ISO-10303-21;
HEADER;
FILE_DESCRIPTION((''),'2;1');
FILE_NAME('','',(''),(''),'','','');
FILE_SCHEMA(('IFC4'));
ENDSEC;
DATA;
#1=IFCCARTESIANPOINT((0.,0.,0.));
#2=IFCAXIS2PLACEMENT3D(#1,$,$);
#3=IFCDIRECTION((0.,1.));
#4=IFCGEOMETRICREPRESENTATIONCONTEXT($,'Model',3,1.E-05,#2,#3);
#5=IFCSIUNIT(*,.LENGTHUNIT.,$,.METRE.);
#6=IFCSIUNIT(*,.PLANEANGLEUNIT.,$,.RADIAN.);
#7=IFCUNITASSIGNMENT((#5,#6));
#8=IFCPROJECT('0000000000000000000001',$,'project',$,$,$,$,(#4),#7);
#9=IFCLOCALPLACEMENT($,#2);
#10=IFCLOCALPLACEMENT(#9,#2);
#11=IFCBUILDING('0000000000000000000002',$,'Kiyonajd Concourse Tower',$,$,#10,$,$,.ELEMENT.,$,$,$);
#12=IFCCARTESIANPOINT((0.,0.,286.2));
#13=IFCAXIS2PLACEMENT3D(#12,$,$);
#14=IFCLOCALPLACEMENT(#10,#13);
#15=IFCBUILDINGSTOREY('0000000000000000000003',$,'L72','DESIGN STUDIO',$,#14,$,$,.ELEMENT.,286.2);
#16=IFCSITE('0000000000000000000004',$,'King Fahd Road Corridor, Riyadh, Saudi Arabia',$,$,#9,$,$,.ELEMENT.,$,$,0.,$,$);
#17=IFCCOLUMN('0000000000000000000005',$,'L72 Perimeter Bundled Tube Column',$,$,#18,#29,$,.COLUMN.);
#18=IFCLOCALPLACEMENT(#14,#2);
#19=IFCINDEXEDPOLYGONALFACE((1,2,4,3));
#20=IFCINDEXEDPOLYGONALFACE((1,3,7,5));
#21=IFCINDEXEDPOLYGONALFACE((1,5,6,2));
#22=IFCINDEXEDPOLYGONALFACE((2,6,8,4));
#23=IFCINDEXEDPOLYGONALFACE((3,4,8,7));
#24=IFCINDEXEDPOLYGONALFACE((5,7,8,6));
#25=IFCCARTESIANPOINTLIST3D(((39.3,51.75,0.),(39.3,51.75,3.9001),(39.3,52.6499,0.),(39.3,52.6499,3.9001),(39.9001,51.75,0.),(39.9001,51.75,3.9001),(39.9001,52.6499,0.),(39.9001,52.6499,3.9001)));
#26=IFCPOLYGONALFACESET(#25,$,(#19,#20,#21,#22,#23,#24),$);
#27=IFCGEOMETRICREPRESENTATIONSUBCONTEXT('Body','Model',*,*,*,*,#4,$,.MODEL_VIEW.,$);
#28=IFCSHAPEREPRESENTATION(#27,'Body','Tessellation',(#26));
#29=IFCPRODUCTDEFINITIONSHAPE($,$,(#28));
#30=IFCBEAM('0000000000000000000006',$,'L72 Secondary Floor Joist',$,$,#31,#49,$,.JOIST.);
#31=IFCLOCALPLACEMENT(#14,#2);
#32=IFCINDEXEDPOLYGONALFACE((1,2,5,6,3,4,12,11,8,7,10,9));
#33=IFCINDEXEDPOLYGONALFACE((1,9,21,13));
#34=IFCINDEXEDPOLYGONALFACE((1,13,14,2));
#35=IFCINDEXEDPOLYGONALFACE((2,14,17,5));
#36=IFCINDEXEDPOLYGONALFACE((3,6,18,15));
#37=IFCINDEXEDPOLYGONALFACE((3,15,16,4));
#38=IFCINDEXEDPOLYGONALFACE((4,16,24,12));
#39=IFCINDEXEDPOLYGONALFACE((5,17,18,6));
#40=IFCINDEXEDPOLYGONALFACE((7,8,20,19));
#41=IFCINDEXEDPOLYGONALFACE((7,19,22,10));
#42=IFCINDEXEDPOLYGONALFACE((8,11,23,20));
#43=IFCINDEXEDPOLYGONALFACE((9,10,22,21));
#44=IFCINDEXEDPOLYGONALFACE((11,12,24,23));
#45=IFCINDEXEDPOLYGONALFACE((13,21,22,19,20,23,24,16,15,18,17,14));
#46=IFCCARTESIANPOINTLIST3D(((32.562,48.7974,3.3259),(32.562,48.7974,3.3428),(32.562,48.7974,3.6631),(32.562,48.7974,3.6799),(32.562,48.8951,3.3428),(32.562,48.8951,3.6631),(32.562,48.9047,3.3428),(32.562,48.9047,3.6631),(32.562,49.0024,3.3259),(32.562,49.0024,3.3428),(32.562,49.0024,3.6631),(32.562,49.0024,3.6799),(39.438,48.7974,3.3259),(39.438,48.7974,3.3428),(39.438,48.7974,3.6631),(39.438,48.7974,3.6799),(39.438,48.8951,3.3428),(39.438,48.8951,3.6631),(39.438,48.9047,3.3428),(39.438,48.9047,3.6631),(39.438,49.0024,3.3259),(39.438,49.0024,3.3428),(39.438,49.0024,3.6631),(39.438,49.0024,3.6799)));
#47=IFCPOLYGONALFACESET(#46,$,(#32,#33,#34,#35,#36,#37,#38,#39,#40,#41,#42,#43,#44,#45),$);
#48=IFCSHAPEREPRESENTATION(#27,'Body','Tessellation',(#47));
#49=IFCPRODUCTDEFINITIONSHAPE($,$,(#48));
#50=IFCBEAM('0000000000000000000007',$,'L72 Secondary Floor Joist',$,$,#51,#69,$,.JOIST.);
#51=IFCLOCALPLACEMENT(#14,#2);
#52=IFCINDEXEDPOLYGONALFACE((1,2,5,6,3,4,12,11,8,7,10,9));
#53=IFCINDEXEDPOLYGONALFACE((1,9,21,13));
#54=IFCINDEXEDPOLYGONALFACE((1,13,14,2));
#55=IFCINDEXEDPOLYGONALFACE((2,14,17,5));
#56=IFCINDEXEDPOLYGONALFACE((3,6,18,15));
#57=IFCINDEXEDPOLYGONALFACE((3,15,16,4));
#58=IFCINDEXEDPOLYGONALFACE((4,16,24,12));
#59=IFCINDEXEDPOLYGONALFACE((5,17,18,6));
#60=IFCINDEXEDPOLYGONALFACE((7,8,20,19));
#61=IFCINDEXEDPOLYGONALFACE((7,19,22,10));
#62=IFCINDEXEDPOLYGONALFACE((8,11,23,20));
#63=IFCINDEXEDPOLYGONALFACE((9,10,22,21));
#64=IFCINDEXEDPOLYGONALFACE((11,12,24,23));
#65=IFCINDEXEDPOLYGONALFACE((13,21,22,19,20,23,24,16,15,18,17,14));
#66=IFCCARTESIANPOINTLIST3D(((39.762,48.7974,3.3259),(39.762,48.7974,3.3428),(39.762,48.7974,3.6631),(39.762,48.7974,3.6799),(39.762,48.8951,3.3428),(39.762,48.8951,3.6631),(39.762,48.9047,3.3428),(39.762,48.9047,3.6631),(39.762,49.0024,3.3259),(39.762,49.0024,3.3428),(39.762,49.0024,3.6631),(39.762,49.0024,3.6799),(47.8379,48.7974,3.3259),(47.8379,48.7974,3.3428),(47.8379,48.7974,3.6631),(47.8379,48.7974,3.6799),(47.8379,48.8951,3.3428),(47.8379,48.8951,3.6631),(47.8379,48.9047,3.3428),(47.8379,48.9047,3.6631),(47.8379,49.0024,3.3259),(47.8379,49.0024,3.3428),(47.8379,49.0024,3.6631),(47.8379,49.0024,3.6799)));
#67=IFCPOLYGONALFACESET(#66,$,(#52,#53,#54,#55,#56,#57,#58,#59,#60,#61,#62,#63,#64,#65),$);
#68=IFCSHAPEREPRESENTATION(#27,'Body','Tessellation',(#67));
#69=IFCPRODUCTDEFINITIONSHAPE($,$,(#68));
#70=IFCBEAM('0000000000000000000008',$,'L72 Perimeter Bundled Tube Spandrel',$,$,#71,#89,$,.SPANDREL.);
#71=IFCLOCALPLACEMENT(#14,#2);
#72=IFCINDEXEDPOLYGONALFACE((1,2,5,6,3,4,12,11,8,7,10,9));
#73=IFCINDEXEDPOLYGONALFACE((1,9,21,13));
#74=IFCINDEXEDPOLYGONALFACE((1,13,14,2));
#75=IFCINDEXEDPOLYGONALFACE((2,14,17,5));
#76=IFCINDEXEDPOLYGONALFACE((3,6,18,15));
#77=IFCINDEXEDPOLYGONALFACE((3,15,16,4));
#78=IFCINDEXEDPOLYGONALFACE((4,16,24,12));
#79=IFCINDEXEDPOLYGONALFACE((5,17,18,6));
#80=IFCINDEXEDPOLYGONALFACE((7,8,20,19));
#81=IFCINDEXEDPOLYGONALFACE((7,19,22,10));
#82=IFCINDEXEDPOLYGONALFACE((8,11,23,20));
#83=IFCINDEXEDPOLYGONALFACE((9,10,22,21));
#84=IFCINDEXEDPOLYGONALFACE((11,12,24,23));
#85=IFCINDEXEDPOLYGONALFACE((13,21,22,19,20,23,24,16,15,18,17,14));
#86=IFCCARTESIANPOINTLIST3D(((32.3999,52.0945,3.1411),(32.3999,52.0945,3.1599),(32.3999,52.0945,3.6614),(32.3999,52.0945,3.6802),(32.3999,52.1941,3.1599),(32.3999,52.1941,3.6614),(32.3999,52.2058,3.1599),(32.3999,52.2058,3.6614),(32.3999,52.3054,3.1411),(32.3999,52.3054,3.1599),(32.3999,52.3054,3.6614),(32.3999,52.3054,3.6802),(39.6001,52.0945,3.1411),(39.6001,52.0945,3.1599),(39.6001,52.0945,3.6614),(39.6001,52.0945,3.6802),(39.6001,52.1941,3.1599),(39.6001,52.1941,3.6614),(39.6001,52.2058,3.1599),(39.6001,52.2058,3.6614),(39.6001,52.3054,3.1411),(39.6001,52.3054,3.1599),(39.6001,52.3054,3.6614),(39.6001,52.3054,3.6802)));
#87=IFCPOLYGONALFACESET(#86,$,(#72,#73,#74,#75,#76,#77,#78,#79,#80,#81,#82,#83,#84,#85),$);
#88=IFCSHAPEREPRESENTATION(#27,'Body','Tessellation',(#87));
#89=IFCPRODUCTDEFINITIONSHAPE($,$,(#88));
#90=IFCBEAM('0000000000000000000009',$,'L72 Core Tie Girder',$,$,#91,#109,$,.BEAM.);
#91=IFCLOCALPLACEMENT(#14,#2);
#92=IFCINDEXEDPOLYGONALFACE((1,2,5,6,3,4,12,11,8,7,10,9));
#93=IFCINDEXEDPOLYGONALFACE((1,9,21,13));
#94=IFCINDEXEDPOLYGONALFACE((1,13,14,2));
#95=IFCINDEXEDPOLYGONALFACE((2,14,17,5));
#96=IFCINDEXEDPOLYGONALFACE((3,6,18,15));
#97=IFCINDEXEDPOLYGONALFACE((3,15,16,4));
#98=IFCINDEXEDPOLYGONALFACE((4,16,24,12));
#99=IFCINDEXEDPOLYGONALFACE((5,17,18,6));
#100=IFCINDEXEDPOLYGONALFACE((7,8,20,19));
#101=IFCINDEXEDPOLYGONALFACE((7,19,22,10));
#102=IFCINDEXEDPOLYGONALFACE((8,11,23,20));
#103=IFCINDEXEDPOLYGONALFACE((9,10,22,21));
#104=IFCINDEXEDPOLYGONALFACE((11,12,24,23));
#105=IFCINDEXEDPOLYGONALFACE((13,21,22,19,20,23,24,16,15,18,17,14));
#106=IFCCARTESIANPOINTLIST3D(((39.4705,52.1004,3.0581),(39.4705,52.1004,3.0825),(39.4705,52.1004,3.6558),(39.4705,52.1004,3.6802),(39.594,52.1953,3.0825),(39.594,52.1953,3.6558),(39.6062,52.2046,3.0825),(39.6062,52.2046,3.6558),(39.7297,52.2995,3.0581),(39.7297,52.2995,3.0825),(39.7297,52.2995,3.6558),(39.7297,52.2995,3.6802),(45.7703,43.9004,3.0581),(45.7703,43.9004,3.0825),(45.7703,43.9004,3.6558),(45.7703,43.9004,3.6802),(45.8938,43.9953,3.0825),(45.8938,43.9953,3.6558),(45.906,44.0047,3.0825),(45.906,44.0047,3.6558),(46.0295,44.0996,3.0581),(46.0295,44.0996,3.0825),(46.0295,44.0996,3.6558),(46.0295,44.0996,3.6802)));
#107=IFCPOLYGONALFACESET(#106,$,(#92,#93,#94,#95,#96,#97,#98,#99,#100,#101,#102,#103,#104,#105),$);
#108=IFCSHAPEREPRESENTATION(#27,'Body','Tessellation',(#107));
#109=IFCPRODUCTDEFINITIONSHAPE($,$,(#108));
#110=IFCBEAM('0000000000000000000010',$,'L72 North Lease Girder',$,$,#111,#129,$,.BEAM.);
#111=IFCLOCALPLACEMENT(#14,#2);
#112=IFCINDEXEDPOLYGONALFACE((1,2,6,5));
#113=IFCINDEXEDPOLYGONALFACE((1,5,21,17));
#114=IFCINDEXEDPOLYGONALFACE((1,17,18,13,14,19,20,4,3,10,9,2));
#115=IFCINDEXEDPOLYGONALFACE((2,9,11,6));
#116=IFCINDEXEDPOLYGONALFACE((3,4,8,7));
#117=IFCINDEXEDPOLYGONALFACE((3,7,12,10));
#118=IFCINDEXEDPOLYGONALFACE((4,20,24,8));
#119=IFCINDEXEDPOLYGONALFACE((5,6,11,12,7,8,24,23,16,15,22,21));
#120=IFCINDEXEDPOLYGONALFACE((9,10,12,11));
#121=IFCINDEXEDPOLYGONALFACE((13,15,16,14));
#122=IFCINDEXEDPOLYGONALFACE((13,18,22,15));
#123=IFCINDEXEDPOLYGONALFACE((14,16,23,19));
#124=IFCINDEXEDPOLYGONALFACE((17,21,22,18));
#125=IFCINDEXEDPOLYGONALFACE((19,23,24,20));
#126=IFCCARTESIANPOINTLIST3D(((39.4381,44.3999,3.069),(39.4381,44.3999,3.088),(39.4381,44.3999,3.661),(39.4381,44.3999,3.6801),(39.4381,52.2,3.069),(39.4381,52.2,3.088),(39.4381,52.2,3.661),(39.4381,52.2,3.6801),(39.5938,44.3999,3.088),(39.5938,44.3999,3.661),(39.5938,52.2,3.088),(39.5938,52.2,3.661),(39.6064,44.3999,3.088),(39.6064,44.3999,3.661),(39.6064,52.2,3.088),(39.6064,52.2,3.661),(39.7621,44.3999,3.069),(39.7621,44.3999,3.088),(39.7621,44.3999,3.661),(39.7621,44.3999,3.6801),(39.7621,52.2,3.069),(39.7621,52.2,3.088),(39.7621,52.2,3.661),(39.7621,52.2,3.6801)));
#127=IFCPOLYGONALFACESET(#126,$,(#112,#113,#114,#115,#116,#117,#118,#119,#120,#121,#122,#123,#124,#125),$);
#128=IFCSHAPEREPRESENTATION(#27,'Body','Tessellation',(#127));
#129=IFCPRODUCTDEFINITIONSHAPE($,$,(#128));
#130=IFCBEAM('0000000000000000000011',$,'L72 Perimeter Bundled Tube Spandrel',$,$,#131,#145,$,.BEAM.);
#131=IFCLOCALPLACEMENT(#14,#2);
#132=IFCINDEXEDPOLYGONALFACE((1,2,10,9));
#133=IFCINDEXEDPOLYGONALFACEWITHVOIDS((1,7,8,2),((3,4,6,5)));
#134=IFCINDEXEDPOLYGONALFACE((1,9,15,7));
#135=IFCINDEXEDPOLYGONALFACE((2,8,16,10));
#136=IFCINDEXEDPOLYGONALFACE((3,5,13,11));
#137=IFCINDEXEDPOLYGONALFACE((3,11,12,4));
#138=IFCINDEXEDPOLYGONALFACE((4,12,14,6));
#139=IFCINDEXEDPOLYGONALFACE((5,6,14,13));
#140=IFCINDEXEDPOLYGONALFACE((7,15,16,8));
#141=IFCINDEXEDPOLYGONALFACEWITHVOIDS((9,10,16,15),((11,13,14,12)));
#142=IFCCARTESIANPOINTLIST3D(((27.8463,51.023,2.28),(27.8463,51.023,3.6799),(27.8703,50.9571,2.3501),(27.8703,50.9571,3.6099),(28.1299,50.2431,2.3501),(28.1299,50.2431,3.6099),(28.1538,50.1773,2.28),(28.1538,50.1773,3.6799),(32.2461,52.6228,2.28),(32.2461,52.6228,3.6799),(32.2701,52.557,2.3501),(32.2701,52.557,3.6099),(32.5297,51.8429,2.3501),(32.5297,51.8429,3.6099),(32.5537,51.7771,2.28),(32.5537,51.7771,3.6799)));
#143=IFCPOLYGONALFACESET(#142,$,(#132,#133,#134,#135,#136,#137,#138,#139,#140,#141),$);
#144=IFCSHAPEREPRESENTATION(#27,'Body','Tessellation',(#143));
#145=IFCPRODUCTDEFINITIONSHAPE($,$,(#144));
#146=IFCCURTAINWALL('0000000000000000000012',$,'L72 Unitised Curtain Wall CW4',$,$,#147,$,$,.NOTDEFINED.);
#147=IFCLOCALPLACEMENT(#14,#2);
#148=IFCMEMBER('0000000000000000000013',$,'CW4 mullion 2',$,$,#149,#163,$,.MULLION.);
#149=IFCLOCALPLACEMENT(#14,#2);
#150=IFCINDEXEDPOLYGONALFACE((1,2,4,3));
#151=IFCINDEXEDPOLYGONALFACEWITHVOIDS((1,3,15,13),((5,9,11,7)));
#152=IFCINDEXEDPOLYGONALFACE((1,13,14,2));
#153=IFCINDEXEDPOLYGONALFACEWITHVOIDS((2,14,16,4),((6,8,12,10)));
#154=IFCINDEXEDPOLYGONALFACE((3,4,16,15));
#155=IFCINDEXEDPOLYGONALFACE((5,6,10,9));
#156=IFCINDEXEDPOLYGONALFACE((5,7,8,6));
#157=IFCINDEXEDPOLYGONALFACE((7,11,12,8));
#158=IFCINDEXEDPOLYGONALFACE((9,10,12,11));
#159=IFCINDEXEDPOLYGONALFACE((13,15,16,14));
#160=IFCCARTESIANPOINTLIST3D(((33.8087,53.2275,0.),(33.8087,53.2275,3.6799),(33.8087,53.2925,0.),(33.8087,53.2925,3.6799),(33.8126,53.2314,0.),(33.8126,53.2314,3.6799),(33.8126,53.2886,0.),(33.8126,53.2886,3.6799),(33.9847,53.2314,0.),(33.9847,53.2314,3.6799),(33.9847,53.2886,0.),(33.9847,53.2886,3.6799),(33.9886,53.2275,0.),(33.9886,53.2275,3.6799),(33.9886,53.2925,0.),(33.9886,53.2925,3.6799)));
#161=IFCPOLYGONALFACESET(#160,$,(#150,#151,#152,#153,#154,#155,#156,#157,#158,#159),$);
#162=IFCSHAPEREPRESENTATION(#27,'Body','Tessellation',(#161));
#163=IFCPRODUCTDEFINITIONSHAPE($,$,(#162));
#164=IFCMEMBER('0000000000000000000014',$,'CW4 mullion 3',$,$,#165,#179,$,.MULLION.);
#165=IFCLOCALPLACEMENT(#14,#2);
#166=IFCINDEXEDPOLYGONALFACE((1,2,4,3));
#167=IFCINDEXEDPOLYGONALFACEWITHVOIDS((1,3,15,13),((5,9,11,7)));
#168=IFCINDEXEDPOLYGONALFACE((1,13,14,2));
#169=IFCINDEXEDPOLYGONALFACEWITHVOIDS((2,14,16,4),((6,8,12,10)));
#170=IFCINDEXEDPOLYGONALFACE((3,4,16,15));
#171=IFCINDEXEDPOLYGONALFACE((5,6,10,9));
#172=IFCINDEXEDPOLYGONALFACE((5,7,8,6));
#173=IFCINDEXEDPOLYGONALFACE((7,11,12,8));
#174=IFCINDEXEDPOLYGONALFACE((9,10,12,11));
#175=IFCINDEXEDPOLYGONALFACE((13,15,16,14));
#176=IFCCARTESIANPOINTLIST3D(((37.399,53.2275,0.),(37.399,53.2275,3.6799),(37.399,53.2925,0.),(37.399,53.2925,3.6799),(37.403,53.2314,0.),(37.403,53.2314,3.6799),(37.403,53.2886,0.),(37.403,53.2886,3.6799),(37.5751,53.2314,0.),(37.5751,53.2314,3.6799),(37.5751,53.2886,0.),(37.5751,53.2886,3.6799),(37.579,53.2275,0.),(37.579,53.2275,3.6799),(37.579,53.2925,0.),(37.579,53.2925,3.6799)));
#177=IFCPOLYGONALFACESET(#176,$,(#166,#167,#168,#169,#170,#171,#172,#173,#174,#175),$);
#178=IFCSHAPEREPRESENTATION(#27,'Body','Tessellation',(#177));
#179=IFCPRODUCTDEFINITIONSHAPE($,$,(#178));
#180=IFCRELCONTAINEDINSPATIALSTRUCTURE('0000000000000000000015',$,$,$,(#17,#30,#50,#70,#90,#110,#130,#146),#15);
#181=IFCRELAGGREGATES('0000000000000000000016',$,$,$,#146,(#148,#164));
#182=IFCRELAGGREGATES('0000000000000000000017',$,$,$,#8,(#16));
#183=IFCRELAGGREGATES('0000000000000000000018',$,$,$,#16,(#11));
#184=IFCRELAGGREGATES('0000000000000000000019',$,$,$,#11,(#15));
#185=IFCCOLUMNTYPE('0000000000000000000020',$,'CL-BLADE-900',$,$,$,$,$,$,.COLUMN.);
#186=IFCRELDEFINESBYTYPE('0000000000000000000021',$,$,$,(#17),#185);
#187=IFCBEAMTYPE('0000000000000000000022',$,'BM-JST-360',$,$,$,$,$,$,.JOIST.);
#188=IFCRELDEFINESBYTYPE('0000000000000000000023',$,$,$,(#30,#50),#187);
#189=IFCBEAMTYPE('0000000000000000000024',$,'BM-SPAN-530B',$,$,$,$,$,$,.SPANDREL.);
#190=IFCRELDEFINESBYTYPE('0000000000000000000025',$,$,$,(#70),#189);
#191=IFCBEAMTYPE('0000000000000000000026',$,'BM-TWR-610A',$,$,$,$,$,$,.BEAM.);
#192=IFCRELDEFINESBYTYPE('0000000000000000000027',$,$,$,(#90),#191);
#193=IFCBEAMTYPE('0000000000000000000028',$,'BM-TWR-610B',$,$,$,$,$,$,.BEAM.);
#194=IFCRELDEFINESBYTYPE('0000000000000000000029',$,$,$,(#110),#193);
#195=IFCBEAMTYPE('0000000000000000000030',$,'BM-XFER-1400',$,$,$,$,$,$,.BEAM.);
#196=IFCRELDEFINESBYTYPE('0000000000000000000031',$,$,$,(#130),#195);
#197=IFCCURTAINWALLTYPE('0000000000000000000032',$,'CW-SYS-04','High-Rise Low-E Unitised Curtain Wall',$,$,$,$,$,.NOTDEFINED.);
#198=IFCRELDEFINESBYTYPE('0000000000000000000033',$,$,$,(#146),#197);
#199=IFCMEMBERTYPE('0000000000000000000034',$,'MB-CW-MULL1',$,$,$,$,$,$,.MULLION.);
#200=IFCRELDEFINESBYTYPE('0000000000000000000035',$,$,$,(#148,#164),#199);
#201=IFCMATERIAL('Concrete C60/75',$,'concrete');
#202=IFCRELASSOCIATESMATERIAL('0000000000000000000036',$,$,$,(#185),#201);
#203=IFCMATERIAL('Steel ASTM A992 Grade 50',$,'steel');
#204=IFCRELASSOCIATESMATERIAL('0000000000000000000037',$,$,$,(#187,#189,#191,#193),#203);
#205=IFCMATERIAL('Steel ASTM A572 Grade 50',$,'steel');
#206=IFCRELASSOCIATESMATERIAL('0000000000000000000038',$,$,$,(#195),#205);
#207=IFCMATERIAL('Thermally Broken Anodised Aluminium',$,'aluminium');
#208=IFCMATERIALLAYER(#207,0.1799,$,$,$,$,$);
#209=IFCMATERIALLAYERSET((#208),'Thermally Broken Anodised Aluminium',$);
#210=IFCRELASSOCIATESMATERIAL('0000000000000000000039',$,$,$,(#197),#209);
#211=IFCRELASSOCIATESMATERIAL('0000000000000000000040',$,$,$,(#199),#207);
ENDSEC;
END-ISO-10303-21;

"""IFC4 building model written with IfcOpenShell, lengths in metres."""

from ifc_helpers import new_model, si_unit, direction, frame, origin, origin_2d, place, context, subcontext, project, spatial, rectangle, hollow_rectangle, i_section, extrude, material, layer, layer_set, material_profile, profile_set, type_object, element, aggregate, save


model = new_model("IFC4")

# Units and contexts
model_context = context("Model", 3, precision=1e-05, world=origin(), true_north=direction((0.0, 1.0)))
body_context = subcontext(model_context, "Body", "Model", "MODEL_VIEW")
ifc_project = project(units=[si_unit("LENGTHUNIT", "METRE"), si_unit("PLANEANGLEUNIT", "RADIAN")], contexts=[model_context])

# Site, building, storey
site_placement = place(None, origin())
site = spatial("IfcSite", under=ifc_project, at=site_placement, Name="King Fahd Road Corridor, Riyadh, Saudi Arabia", CompositionType="ELEMENT", RefElevation=0.0)
building_placement = place(site_placement, origin())
building = spatial("IfcBuilding", under=site, at=building_placement, Name="Kiyonajd Concourse Tower", CompositionType="ELEMENT")
storey_placement = place(building_placement, frame((0.0, 0.0, 286.2)))
storey = spatial("IfcBuildingStorey", under=building, at=storey_placement, Name="L72", Description="DESIGN STUDIO", CompositionType="ELEMENT", Elevation=286.2)

# Column
ifc_material_1 = material(Name="Concrete C60/75", Category="concrete")
ifc_material_profile_1 = material_profile(ifc_material_1, rectangle(XDim=0.6001, YDim=0.8999, at=origin_2d()), Name="RC-900x600")
ifc_profile_set_1 = profile_set([ifc_material_profile_1], Name="Concrete C60/75")
column_type = type_object("IfcColumnType", Name="CL-BLADE-900", PredefinedType="COLUMN", material=ifc_profile_set_1)
column_placement = place(storey_placement, frame((39.6001, 52.2, 0.0), z_axis=(0.0, 0.0, 1.0), x_axis=(1.0, 0.0, 0.0)))
element("IfcColumn", 1, at=column_placement, inside=storey, type_object=column_type, Name="L72 Perimeter Bundled Tube Column", PredefinedType="COLUMN", context=body_context, shape_type="SweptSolid", body=[
    extrude(rectangle(XDim=0.6001, YDim=0.8999, at=origin_2d()), origin(), (0.0, 0.0, 1.0), 3.9001),
])

# Beams
ifc_material_2 = material(Name="Steel ASTM A992 Grade 50", Category="steel")
ifc_material_profile_2 = material_profile(ifc_material_2, i_section(OverallWidth=0.2051, OverallDepth=0.354, WebThickness=0.0095, FlangeThickness=0.0168, at=origin_2d()), Name="W360X79")
ifc_profile_set_2 = profile_set([ifc_material_profile_2], Name="Steel ASTM A992 Grade 50")
beam_type_1 = type_object("IfcBeamType", Name="BM-JST-360", PredefinedType="JOIST", material=ifc_profile_set_2)
beam_1_placement = place(storey_placement, frame((32.562, 48.8999, 3.5029), z_axis=(1.0, 0.0, 0.0), x_axis=(0.0, 1.0, 0.0)))
element("IfcBeam", 2, at=beam_1_placement, inside=storey, type_object=beam_type_1, Name="L72 Secondary Floor Joist", PredefinedType="JOIST", context=body_context, shape_type="SweptSolid", body=[
    extrude(i_section(OverallWidth=0.2051, OverallDepth=0.354, WebThickness=0.0095, FlangeThickness=0.0168, at=origin_2d()), origin(), (0.0, 0.0, 1.0), 6.876),
])
beam_2_placement = place(storey_placement, frame((39.762, 48.8999, 3.5029), z_axis=(1.0, 0.0, 0.0), x_axis=(0.0, 1.0, 0.0)))
element("IfcBeam", 3, at=beam_2_placement, inside=storey, type_object=beam_type_1, Name="L72 Secondary Floor Joist", PredefinedType="JOIST", context=body_context, shape_type="SweptSolid", body=[
    extrude(i_section(OverallWidth=0.2051, OverallDepth=0.354, WebThickness=0.0095, FlangeThickness=0.0168, at=origin_2d()), origin(), (0.0, 0.0, 1.0), 8.0759),
])
ifc_material_profile_3 = material_profile(ifc_material_2, i_section(OverallWidth=0.2109, OverallDepth=0.5391, WebThickness=0.0117, FlangeThickness=0.0188, at=origin_2d()), Name="W530X109")
ifc_profile_set_3 = profile_set([ifc_material_profile_3], Name="Steel ASTM A992 Grade 50")
beam_type_2 = type_object("IfcBeamType", Name="BM-SPAN-530B", PredefinedType="SPANDREL", material=ifc_profile_set_3)
beam_3_placement = place(storey_placement, frame((39.6001, 52.2, 3.4106), z_axis=(-1.0, 0.0, 0.0), x_axis=(0.0, -1.0, 0.0)))
element("IfcBeam", 4, at=beam_3_placement, inside=storey, type_object=beam_type_2, Name="L72 Perimeter Bundled Tube Spandrel", PredefinedType="SPANDREL", context=body_context, shape_type="SweptSolid", body=[
    extrude(i_section(OverallWidth=0.2109, OverallDepth=0.5391, WebThickness=0.0117, FlangeThickness=0.0188, at=origin_2d()), origin(), (0.0, 0.0, 1.0), 7.2002),
])
ifc_material_profile_4 = material_profile(ifc_material_2, i_section(OverallWidth=0.3269, OverallDepth=0.6221, WebThickness=0.0154, FlangeThickness=0.0244, at=origin_2d()), Name="W610X195")
ifc_profile_set_4 = profile_set([ifc_material_profile_4], Name="Steel ASTM A992 Grade 50")
beam_type_3 = type_object("IfcBeamType", Name="BM-TWR-610A", PredefinedType="BEAM", material=ifc_profile_set_4)
beam_4_placement = place(storey_placement, frame((39.6001, 52.2, 3.3691), z_axis=(0.609234, -0.792991, 0.0), x_axis=(0.792991, 0.609234, 0.0)))
element("IfcBeam", 5, at=beam_4_placement, inside=storey, type_object=beam_type_3, Name="L72 Core Tie Girder", PredefinedType="BEAM", context=body_context, shape_type="SweptSolid", body=[
    extrude(i_section(OverallWidth=0.3269, OverallDepth=0.6221, WebThickness=0.0154, FlangeThickness=0.0244, at=origin_2d()), origin(), (0.0, 0.0, 1.0), 10.3406),
])
ifc_material_profile_5 = material_profile(ifc_material_2, i_section(OverallWidth=0.324, OverallDepth=0.6111, WebThickness=0.0127, FlangeThickness=0.019, at=origin_2d()), Name="W610X155")
ifc_profile_set_5 = profile_set([ifc_material_profile_5], Name="Steel ASTM A992 Grade 50")
beam_type_4 = type_object("IfcBeamType", Name="BM-TWR-610B", PredefinedType="BEAM", material=ifc_profile_set_5)
beam_5_placement = place(storey_placement, frame((39.6001, 44.3999, 3.3745), z_axis=(0.0, 1.0, 0.0), x_axis=(-1.0, 0.0, 0.0)))
element("IfcBeam", 6, at=beam_5_placement, inside=storey, type_object=beam_type_4, Name="L72 North Lease Girder", PredefinedType="BEAM", context=body_context, shape_type="SweptSolid", body=[
    extrude(i_section(OverallWidth=0.324, OverallDepth=0.6111, WebThickness=0.0127, FlangeThickness=0.019, at=origin_2d()), origin(), (0.0, 0.0, 1.0), 7.8),
])
ifc_material_3 = material(Name="Steel ASTM A572 Grade 50", Category="steel")
ifc_material_profile_6 = material_profile(ifc_material_3, hollow_rectangle(XDim=0.8999, YDim=1.3999, WallThickness=0.0701, at=origin_2d()), Name="BOX-1400x900x70")
ifc_profile_set_6 = profile_set([ifc_material_profile_6], Name="Steel ASTM A572 Grade 50")
beam_type_5 = type_object("IfcBeamType", Name="BM-XFER-1400", PredefinedType="BEAM", material=ifc_profile_set_6)
beam_6_placement = place(storey_placement, frame((32.3999, 52.2, 2.98), z_axis=(-0.939801, -0.341722, 0.0), x_axis=(0.341722, -0.939801, 0.0)))
element("IfcBeam", 7, at=beam_6_placement, inside=storey, type_object=beam_type_5, Name="L72 Perimeter Bundled Tube Spandrel", PredefinedType="BEAM", context=body_context, shape_type="SweptSolid", body=[
    extrude(hollow_rectangle(XDim=0.8999, YDim=1.3999, WallThickness=0.0701, at=origin_2d()), origin(), (0.0, 0.0, 1.0), 4.6816),
])

# Curtain wall, members
ifc_material_4 = material(Name="Thermally Broken Anodised Aluminium", Category="aluminium")
ifc_layer_1 = layer(ifc_material_4, 0.1799)
ifc_layer_set_1 = layer_set([ifc_layer_1], Name="Thermally Broken Anodised Aluminium")
curtain_wall_type = type_object("IfcCurtainWallType", Name="CW-SYS-04", Description="High-Rise Low-E Unitised Curtain Wall", PredefinedType="NOTDEFINED", material=ifc_layer_set_1)
curtain_wall_placement = place(storey_placement, origin())
curtain_wall = element("IfcCurtainWall", 8, at=curtain_wall_placement, inside=storey, type_object=curtain_wall_type, Name="L72 Unitised Curtain Wall CW4", PredefinedType="NOTDEFINED")
ifc_material_profile_7 = material_profile(ifc_material_4, hollow_rectangle(XDim=0.0649, YDim=0.1799, WallThickness=0.0039, at=origin_2d()), Name="MULL-65x180")
ifc_profile_set_7 = profile_set([ifc_material_profile_7], Name="Thermally Broken Anodised Aluminium")
member_type_1 = type_object("IfcMemberType", Name="MB-CW-MULL1", PredefinedType="MULLION", material=ifc_profile_set_7)
member_1_placement = place(storey_placement, frame((33.8987, 53.26, 0.0), z_axis=(0.0, 0.0, 1.0), x_axis=(0.0, 1.0, 0.0)))
member_1 = element("IfcMember", 9, at=member_1_placement, type_object=member_type_1, Name="CW4 mullion 2", PredefinedType="MULLION", context=body_context, shape_type="SweptSolid", body=[
    extrude(hollow_rectangle(XDim=0.0649, YDim=0.1799, WallThickness=0.0039, at=origin_2d()), origin(), (0.0, 0.0, 1.0), 3.6799),
])
member_2_placement = place(storey_placement, frame((37.489, 53.26, 0.0), z_axis=(0.0, 0.0, 1.0), x_axis=(0.0, 1.0, 0.0)))
member_2 = element("IfcMember", 10, at=member_2_placement, type_object=member_type_1, Name="CW4 mullion 3", PredefinedType="MULLION", context=body_context, shape_type="SweptSolid", body=[
    extrude(hollow_rectangle(XDim=0.0649, YDim=0.1799, WallThickness=0.0039, at=origin_2d()), origin(), (0.0, 0.0, 1.0), 3.6799),
])

aggregate(curtain_wall, [member_1, member_2])

save(model, "model.ifc")
